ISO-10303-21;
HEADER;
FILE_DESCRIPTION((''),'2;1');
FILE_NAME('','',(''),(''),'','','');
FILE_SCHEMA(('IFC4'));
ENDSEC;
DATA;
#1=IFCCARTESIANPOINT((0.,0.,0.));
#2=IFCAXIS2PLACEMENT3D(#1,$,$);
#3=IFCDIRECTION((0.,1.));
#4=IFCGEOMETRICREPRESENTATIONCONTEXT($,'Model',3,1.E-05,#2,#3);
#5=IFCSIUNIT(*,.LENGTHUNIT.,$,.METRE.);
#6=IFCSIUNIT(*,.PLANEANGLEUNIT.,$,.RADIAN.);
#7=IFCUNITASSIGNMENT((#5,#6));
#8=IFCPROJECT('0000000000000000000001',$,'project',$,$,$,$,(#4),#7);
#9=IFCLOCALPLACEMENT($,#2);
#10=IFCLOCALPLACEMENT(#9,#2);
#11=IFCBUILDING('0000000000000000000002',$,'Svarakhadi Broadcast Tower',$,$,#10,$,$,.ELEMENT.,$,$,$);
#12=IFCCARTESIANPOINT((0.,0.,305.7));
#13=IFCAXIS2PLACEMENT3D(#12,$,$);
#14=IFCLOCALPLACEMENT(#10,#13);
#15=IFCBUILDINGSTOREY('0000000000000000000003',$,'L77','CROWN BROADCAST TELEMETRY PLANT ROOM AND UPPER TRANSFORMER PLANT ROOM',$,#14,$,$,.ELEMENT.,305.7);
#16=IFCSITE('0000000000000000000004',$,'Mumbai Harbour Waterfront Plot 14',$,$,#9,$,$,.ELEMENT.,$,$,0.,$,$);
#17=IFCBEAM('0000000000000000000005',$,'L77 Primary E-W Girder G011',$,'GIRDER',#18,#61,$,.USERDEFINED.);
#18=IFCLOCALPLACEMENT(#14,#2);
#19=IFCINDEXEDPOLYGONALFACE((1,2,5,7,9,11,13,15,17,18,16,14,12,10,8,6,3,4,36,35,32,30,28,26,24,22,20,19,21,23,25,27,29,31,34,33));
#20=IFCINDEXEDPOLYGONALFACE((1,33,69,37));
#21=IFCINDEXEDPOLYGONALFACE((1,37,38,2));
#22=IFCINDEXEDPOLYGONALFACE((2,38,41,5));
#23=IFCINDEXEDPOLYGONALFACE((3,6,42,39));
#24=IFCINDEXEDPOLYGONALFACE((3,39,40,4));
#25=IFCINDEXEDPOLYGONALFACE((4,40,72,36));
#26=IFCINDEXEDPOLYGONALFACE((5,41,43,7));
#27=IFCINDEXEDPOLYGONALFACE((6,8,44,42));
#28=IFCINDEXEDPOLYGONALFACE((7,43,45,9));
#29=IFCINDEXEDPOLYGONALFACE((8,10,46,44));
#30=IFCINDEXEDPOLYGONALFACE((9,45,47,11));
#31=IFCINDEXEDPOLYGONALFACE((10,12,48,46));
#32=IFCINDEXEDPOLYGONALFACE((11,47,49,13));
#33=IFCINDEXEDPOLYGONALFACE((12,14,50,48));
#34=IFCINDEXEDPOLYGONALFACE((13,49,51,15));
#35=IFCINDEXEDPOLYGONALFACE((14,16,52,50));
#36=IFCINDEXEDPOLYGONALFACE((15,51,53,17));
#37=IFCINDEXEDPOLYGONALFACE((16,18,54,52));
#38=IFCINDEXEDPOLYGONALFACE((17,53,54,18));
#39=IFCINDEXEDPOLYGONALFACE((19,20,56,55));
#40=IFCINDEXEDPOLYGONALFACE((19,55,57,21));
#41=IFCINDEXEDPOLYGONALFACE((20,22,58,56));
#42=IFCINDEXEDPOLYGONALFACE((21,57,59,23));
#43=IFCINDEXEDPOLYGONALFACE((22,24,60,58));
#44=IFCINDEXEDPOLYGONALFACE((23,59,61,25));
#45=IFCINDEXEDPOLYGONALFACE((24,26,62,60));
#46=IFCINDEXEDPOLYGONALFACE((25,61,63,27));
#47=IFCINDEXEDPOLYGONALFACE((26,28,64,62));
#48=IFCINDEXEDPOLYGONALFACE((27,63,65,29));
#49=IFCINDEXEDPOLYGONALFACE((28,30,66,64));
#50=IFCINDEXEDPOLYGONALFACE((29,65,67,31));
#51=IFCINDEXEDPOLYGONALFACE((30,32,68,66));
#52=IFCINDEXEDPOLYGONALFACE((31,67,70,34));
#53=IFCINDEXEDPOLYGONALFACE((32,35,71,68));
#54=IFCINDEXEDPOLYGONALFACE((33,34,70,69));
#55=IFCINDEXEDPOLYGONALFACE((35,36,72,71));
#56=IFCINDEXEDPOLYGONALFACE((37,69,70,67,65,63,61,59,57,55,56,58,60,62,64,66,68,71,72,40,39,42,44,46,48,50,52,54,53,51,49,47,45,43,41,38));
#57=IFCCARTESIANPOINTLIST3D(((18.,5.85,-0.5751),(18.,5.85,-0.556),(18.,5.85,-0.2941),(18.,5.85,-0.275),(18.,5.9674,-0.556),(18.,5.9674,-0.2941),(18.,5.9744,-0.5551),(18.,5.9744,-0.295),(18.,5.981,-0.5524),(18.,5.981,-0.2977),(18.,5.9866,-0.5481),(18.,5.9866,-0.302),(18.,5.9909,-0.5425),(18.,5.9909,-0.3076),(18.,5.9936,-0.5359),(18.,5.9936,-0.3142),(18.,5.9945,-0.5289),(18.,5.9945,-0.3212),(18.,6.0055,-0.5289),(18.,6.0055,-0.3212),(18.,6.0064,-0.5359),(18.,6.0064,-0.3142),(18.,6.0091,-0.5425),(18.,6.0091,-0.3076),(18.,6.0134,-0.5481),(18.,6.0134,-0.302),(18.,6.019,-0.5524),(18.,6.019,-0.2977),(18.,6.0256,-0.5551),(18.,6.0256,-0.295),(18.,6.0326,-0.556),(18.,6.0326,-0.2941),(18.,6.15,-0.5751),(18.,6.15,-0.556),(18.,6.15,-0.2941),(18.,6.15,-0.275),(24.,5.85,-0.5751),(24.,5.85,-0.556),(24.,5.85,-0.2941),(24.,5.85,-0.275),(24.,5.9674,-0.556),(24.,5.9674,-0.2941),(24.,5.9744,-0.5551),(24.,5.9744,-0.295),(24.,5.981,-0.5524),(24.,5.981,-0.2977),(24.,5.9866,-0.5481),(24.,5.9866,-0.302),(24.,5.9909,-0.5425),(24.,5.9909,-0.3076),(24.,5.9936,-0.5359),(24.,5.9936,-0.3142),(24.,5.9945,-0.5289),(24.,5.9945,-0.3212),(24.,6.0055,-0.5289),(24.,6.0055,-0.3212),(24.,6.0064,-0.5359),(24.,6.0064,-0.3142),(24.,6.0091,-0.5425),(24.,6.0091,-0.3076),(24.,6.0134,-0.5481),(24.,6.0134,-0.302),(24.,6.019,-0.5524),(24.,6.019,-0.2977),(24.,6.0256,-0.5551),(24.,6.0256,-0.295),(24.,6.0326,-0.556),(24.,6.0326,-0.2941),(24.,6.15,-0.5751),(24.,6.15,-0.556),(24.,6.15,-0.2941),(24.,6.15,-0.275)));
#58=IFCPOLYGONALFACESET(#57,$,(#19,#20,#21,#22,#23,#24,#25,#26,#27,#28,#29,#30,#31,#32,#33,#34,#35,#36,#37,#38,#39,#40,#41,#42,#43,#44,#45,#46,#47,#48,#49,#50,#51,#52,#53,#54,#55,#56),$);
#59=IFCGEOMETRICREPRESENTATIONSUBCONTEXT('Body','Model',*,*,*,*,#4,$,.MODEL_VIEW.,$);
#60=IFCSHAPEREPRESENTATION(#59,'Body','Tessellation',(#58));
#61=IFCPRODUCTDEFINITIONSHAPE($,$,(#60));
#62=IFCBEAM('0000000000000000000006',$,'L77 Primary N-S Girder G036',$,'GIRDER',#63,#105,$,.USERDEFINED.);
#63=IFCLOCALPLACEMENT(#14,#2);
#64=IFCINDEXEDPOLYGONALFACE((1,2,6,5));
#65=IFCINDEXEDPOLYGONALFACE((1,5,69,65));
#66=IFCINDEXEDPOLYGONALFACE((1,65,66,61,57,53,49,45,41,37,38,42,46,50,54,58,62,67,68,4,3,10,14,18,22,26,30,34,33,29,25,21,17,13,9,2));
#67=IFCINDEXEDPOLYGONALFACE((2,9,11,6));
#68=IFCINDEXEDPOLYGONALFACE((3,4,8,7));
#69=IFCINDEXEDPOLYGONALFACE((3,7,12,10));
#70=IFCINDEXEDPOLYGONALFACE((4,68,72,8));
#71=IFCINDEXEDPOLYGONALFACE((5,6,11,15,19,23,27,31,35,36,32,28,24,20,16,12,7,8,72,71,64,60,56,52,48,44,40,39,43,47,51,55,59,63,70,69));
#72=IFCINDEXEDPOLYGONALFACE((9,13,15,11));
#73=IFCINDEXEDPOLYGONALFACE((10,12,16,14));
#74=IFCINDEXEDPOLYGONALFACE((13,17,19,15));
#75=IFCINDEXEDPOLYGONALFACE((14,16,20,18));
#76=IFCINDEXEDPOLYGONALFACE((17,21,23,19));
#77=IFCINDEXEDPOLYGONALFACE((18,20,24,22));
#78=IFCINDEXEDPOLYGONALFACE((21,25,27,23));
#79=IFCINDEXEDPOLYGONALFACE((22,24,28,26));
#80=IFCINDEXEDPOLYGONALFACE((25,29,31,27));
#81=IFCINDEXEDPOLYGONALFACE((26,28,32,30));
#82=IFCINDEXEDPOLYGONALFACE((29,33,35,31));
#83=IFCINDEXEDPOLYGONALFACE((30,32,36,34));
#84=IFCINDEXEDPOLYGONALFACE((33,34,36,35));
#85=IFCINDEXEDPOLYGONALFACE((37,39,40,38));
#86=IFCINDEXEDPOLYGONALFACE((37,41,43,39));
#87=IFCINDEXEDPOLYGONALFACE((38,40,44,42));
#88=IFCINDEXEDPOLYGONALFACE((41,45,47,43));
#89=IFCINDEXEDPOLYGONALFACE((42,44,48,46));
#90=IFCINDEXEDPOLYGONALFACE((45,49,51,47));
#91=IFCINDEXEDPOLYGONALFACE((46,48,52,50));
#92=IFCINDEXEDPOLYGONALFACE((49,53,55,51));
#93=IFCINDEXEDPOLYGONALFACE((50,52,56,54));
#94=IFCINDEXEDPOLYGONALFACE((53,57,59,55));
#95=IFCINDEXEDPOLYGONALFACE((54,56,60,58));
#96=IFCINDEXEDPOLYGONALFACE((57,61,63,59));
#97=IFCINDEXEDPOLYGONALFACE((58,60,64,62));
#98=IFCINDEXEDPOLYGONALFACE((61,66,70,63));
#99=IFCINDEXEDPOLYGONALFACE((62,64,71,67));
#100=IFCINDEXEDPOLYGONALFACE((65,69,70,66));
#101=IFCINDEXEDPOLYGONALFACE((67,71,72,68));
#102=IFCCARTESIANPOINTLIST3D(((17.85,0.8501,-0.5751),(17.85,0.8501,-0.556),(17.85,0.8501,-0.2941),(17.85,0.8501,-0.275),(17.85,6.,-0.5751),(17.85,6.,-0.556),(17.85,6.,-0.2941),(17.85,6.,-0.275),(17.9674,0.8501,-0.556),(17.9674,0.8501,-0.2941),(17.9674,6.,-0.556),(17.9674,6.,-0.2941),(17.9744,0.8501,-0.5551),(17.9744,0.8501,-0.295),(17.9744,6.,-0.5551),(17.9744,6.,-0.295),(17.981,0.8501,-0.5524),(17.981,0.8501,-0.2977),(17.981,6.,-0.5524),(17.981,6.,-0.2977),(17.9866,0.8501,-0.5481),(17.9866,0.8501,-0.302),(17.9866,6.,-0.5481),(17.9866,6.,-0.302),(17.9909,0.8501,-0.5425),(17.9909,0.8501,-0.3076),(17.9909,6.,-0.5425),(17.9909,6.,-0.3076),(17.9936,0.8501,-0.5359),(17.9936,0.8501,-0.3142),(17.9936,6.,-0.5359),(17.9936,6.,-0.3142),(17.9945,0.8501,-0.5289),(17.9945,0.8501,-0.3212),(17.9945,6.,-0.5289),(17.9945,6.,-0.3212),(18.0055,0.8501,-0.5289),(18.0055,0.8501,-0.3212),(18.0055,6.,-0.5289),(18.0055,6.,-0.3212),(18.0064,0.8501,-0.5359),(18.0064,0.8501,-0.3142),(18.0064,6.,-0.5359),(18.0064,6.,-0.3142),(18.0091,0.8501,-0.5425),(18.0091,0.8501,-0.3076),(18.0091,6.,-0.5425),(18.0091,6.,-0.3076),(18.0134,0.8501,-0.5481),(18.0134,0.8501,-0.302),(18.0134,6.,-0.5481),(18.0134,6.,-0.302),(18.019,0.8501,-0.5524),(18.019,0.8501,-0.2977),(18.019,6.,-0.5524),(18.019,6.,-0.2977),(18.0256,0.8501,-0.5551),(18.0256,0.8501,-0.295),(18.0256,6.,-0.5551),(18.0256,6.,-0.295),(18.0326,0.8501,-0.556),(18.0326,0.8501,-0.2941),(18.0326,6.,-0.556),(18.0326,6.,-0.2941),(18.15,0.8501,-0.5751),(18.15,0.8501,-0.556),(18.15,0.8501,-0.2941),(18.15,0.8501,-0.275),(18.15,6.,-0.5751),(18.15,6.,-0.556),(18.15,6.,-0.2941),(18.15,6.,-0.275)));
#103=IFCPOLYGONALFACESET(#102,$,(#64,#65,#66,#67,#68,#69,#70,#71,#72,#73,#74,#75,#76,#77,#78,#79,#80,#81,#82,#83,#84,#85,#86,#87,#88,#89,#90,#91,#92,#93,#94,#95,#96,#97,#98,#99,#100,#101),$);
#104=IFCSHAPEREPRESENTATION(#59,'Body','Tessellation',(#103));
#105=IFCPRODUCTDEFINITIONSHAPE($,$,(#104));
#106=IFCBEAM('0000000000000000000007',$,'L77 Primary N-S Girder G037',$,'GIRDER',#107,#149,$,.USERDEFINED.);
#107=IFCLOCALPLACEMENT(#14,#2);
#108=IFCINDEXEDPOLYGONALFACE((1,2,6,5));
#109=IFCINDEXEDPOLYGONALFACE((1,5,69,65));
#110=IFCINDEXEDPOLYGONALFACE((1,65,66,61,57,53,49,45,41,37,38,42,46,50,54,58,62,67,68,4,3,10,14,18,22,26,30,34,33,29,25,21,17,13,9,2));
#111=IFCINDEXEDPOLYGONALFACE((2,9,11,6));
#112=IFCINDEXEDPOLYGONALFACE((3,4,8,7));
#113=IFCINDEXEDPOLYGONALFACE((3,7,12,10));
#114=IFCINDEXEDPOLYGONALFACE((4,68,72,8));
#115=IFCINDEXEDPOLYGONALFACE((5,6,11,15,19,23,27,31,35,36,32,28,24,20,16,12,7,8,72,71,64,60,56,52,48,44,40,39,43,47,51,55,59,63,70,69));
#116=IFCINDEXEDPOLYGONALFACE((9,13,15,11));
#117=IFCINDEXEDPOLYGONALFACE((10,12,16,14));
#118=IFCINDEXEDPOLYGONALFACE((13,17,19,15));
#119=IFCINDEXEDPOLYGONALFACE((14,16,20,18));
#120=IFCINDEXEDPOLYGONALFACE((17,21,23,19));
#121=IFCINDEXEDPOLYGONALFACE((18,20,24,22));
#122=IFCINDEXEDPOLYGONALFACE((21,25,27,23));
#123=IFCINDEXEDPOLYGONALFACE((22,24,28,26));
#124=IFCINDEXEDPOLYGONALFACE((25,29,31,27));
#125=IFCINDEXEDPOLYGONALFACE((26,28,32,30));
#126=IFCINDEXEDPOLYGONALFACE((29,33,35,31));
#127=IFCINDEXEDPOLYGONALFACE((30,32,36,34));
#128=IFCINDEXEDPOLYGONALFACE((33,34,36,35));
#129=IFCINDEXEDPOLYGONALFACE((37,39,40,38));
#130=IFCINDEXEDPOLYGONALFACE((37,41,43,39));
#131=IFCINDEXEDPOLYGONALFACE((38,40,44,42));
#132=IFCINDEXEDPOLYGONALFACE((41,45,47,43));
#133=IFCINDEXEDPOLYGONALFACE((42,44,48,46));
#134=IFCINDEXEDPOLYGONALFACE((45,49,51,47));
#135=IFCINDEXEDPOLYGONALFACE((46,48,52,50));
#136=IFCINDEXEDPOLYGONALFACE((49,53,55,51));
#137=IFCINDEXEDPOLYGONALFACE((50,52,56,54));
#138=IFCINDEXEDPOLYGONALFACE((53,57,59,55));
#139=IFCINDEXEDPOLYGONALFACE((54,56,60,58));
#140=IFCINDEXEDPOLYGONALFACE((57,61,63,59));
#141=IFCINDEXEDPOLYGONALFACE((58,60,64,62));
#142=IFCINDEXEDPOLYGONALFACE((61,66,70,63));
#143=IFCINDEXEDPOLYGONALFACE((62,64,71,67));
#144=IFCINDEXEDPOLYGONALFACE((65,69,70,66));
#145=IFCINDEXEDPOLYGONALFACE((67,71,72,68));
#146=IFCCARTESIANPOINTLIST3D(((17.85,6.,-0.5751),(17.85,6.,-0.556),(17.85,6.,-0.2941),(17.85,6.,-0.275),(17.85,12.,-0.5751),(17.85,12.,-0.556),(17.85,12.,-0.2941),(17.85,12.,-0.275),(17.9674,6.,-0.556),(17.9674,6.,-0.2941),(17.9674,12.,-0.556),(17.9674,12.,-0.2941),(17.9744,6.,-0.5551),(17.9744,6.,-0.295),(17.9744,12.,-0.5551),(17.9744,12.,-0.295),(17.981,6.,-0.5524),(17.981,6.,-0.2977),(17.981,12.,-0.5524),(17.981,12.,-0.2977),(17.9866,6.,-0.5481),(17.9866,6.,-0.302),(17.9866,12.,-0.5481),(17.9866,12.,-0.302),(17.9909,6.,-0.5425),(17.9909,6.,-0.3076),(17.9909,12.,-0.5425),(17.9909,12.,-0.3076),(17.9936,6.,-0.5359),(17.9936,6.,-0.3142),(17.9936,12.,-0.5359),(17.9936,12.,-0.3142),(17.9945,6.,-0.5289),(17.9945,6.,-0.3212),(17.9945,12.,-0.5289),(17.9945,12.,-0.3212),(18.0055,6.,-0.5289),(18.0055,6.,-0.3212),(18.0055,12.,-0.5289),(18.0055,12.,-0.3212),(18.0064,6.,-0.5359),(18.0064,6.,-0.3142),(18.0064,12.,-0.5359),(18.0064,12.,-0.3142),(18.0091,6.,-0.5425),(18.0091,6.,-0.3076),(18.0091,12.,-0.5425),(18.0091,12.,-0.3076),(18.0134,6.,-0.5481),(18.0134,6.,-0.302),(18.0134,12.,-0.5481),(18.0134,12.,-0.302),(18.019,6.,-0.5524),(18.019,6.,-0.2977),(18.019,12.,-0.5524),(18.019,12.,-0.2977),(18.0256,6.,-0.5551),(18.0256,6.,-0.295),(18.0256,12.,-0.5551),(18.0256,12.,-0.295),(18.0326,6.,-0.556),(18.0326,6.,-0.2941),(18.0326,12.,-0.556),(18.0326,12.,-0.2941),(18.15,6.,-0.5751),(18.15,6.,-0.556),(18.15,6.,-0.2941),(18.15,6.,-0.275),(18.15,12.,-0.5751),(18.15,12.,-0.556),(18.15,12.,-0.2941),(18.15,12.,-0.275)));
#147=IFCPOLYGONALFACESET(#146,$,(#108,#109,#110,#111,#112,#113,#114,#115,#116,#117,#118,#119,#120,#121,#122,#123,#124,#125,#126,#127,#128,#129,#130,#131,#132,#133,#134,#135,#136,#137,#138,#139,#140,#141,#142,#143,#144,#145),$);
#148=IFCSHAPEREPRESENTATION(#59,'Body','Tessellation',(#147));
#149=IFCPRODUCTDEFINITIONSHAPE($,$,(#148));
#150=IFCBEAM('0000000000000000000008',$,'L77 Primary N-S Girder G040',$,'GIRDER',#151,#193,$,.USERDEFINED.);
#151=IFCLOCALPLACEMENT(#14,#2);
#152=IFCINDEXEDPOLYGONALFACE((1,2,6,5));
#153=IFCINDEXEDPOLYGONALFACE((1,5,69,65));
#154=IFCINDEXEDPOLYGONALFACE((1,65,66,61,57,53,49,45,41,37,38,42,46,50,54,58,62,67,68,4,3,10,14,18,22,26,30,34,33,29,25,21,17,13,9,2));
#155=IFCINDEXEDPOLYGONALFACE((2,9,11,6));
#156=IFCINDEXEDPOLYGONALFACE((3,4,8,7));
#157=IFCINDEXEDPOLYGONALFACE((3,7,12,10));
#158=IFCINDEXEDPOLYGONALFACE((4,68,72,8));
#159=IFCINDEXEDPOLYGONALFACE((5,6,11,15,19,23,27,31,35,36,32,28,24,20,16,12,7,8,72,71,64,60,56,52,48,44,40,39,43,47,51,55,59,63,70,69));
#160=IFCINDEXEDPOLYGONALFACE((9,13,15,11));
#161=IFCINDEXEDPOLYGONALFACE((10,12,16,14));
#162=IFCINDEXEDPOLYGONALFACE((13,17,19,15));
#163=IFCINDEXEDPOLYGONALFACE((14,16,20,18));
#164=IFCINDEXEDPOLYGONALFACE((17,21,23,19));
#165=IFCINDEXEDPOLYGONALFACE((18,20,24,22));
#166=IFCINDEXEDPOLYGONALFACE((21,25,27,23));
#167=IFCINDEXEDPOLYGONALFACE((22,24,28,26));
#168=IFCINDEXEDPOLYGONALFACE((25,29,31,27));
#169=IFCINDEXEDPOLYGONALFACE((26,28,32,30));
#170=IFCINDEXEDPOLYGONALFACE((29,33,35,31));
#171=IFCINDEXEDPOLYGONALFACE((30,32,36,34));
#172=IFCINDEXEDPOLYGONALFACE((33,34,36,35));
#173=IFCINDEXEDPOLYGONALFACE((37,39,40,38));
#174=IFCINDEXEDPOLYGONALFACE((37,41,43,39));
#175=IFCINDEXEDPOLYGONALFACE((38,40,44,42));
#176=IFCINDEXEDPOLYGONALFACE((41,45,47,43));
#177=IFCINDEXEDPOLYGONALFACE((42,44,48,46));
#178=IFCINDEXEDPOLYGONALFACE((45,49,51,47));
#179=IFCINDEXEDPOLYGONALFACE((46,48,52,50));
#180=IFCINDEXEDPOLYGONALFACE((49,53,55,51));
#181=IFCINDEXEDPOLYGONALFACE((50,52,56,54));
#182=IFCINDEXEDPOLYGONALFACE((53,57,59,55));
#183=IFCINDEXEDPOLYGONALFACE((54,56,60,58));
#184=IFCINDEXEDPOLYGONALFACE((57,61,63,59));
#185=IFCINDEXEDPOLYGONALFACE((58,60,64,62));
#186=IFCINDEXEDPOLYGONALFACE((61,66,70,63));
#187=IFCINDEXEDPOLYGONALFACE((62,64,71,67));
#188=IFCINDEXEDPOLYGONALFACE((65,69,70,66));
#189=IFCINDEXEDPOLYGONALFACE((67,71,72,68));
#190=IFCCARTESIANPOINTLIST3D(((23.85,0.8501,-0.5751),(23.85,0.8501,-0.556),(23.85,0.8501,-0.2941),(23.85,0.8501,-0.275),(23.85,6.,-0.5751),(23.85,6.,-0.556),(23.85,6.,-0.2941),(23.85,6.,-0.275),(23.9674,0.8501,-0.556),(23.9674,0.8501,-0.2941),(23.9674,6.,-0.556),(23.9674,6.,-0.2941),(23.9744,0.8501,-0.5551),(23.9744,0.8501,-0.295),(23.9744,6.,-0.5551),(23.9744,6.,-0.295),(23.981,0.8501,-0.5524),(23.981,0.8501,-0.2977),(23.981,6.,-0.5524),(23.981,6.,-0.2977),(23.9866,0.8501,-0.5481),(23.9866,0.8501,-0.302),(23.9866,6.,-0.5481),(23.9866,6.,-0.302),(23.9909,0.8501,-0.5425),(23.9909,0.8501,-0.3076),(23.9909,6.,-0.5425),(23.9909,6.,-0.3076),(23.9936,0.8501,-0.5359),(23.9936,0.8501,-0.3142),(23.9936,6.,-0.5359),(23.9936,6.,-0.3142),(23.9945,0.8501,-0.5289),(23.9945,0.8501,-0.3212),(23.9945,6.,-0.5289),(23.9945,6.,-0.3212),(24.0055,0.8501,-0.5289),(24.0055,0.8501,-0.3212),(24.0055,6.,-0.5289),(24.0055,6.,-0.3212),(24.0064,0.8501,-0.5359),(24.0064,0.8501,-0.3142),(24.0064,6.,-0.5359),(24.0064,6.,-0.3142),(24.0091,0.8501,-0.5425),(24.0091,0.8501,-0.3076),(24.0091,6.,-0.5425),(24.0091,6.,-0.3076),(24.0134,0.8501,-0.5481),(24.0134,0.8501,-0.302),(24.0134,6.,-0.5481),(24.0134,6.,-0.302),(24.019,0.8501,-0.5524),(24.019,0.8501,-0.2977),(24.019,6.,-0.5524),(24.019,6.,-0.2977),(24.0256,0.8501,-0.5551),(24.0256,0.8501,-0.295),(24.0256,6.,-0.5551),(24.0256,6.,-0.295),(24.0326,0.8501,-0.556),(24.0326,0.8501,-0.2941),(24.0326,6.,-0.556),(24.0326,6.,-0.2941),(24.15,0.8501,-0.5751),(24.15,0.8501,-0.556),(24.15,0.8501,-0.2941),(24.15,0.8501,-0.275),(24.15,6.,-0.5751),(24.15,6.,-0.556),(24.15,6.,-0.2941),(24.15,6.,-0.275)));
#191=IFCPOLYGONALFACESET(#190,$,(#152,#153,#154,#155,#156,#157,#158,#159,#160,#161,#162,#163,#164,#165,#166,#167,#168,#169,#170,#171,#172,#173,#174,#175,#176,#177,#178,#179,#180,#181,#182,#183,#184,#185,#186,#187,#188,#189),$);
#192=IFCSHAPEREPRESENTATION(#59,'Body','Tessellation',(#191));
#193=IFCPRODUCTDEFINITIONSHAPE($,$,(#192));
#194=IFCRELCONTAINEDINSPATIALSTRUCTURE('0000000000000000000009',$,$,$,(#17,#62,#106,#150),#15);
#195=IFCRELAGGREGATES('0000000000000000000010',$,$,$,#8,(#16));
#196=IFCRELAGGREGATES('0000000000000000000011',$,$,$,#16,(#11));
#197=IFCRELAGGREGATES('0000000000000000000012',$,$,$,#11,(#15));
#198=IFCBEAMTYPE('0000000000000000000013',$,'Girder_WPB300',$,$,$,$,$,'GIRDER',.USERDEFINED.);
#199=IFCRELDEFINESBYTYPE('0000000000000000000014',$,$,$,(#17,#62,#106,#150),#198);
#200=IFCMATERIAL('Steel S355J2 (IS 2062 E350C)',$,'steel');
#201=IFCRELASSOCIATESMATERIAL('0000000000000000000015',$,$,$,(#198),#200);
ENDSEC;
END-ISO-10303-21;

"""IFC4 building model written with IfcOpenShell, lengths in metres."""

from ifc_helpers import new_model, si_unit, direction, frame, origin, origin_2d, place, context, subcontext, project, spatial, i_section, extrude, material, material_profile, profile_set, type_object, element, save


model = new_model("IFC4")

# Units and contexts
model_context = context("Model", 3, precision=1e-05, world=origin(), true_north=direction((0.0, 1.0)))
body_context = subcontext(model_context, "Body", "Model", "MODEL_VIEW")
ifc_project = project(units=[si_unit("LENGTHUNIT", "METRE"), si_unit("PLANEANGLEUNIT", "RADIAN")], contexts=[model_context])

# Site, building, storey
site_placement = place(None, origin())
site = spatial("IfcSite", under=ifc_project, at=site_placement, Name="Mumbai Harbour Waterfront Plot 14", CompositionType="ELEMENT", RefElevation=0.0)
building_placement = place(site_placement, origin())
building = spatial("IfcBuilding", under=site, at=building_placement, Name="Svarakhadi Broadcast Tower", CompositionType="ELEMENT")
storey_placement = place(building_placement, frame((0.0, 0.0, 305.7)))
storey = spatial("IfcBuildingStorey", under=building, at=storey_placement, Name="L77", Description="CROWN BROADCAST TELEMETRY PLANT ROOM AND UPPER TRANSFORMER PLANT ROOM", CompositionType="ELEMENT", Elevation=305.7)

# Shared definitions
ifc_material_1 = material(Name="Steel S355J2 (IS 2062 E350C)", Category="steel")

# Beams
ifc_material_profile_1 = material_profile(ifc_material_1, i_section(OverallWidth=0.3, OverallDepth=0.3, WebThickness=0.011, FlangeThickness=0.019, FilletRadius=0.0271, at=origin_2d()), Name="WPB 300x300x117")
ifc_profile_set_1 = profile_set([ifc_material_profile_1], Name="Steel S355J2 (IS 2062 E350C)")
beam_type_1 = type_object("IfcBeamType", Name="Girder_WPB300", ElementType="GIRDER", PredefinedType="USERDEFINED", material=ifc_profile_set_1)
for number, where, z_axis, x_axis, name in (
    (1, (18.0, 6.0, -0.425), (1.0, 0.0, 0.0), (0.0, 1.0, 0.0), "L77 Primary E-W Girder G011"),
):
    element("IfcBeam", number, at=place(storey_placement, frame(where, z_axis=z_axis, x_axis=x_axis)), inside=storey, type_object=beam_type_1, Name=name, ObjectType="GIRDER", PredefinedType="USERDEFINED", context=body_context, shape_type="SweptSolid", body=[
        extrude(i_section(OverallWidth=0.3, OverallDepth=0.3, WebThickness=0.011, FlangeThickness=0.019, FilletRadius=0.0271, at=origin_2d()), origin(), (0.0, 0.0, 1.0), 6.0),
    ])
beam_1_placement = place(storey_placement, frame((18.0, 0.8501, -0.425), z_axis=(0.0, 1.0, 0.0), x_axis=(-1.0, 0.0, 0.0)))
element("IfcBeam", 2, at=beam_1_placement, inside=storey, type_object=beam_type_1, Name="L77 Primary N-S Girder G036", ObjectType="GIRDER", PredefinedType="USERDEFINED", context=body_context, shape_type="SweptSolid", body=[
    extrude(i_section(OverallWidth=0.3, OverallDepth=0.3, WebThickness=0.011, FlangeThickness=0.019, FilletRadius=0.0271, at=origin_2d()), origin(), (0.0, 0.0, 1.0), 5.1499),
])
beam_2_placement = place(storey_placement, frame((18.0, 6.0, -0.425), z_axis=(0.0, 1.0, 0.0), x_axis=(-1.0, 0.0, 0.0)))
element("IfcBeam", 3, at=beam_2_placement, inside=storey, type_object=beam_type_1, Name="L77 Primary N-S Girder G037", ObjectType="GIRDER", PredefinedType="USERDEFINED", context=body_context, shape_type="SweptSolid", body=[
    extrude(i_section(OverallWidth=0.3, OverallDepth=0.3, WebThickness=0.011, FlangeThickness=0.019, FilletRadius=0.0271, at=origin_2d()), origin(), (0.0, 0.0, 1.0), 6.0),
])
beam_3_placement = place(storey_placement, frame((24.0, 0.8501, -0.425), z_axis=(0.0, 1.0, 0.0), x_axis=(-1.0, 0.0, 0.0)))
element("IfcBeam", 4, at=beam_3_placement, inside=storey, type_object=beam_type_1, Name="L77 Primary N-S Girder G040", ObjectType="GIRDER", PredefinedType="USERDEFINED", context=body_context, shape_type="SweptSolid", body=[
    extrude(i_section(OverallWidth=0.3, OverallDepth=0.3, WebThickness=0.011, FlangeThickness=0.019, FilletRadius=0.0271, at=origin_2d()), origin(), (0.0, 0.0, 1.0), 5.1499),
])

save(model, "model.ifc")
